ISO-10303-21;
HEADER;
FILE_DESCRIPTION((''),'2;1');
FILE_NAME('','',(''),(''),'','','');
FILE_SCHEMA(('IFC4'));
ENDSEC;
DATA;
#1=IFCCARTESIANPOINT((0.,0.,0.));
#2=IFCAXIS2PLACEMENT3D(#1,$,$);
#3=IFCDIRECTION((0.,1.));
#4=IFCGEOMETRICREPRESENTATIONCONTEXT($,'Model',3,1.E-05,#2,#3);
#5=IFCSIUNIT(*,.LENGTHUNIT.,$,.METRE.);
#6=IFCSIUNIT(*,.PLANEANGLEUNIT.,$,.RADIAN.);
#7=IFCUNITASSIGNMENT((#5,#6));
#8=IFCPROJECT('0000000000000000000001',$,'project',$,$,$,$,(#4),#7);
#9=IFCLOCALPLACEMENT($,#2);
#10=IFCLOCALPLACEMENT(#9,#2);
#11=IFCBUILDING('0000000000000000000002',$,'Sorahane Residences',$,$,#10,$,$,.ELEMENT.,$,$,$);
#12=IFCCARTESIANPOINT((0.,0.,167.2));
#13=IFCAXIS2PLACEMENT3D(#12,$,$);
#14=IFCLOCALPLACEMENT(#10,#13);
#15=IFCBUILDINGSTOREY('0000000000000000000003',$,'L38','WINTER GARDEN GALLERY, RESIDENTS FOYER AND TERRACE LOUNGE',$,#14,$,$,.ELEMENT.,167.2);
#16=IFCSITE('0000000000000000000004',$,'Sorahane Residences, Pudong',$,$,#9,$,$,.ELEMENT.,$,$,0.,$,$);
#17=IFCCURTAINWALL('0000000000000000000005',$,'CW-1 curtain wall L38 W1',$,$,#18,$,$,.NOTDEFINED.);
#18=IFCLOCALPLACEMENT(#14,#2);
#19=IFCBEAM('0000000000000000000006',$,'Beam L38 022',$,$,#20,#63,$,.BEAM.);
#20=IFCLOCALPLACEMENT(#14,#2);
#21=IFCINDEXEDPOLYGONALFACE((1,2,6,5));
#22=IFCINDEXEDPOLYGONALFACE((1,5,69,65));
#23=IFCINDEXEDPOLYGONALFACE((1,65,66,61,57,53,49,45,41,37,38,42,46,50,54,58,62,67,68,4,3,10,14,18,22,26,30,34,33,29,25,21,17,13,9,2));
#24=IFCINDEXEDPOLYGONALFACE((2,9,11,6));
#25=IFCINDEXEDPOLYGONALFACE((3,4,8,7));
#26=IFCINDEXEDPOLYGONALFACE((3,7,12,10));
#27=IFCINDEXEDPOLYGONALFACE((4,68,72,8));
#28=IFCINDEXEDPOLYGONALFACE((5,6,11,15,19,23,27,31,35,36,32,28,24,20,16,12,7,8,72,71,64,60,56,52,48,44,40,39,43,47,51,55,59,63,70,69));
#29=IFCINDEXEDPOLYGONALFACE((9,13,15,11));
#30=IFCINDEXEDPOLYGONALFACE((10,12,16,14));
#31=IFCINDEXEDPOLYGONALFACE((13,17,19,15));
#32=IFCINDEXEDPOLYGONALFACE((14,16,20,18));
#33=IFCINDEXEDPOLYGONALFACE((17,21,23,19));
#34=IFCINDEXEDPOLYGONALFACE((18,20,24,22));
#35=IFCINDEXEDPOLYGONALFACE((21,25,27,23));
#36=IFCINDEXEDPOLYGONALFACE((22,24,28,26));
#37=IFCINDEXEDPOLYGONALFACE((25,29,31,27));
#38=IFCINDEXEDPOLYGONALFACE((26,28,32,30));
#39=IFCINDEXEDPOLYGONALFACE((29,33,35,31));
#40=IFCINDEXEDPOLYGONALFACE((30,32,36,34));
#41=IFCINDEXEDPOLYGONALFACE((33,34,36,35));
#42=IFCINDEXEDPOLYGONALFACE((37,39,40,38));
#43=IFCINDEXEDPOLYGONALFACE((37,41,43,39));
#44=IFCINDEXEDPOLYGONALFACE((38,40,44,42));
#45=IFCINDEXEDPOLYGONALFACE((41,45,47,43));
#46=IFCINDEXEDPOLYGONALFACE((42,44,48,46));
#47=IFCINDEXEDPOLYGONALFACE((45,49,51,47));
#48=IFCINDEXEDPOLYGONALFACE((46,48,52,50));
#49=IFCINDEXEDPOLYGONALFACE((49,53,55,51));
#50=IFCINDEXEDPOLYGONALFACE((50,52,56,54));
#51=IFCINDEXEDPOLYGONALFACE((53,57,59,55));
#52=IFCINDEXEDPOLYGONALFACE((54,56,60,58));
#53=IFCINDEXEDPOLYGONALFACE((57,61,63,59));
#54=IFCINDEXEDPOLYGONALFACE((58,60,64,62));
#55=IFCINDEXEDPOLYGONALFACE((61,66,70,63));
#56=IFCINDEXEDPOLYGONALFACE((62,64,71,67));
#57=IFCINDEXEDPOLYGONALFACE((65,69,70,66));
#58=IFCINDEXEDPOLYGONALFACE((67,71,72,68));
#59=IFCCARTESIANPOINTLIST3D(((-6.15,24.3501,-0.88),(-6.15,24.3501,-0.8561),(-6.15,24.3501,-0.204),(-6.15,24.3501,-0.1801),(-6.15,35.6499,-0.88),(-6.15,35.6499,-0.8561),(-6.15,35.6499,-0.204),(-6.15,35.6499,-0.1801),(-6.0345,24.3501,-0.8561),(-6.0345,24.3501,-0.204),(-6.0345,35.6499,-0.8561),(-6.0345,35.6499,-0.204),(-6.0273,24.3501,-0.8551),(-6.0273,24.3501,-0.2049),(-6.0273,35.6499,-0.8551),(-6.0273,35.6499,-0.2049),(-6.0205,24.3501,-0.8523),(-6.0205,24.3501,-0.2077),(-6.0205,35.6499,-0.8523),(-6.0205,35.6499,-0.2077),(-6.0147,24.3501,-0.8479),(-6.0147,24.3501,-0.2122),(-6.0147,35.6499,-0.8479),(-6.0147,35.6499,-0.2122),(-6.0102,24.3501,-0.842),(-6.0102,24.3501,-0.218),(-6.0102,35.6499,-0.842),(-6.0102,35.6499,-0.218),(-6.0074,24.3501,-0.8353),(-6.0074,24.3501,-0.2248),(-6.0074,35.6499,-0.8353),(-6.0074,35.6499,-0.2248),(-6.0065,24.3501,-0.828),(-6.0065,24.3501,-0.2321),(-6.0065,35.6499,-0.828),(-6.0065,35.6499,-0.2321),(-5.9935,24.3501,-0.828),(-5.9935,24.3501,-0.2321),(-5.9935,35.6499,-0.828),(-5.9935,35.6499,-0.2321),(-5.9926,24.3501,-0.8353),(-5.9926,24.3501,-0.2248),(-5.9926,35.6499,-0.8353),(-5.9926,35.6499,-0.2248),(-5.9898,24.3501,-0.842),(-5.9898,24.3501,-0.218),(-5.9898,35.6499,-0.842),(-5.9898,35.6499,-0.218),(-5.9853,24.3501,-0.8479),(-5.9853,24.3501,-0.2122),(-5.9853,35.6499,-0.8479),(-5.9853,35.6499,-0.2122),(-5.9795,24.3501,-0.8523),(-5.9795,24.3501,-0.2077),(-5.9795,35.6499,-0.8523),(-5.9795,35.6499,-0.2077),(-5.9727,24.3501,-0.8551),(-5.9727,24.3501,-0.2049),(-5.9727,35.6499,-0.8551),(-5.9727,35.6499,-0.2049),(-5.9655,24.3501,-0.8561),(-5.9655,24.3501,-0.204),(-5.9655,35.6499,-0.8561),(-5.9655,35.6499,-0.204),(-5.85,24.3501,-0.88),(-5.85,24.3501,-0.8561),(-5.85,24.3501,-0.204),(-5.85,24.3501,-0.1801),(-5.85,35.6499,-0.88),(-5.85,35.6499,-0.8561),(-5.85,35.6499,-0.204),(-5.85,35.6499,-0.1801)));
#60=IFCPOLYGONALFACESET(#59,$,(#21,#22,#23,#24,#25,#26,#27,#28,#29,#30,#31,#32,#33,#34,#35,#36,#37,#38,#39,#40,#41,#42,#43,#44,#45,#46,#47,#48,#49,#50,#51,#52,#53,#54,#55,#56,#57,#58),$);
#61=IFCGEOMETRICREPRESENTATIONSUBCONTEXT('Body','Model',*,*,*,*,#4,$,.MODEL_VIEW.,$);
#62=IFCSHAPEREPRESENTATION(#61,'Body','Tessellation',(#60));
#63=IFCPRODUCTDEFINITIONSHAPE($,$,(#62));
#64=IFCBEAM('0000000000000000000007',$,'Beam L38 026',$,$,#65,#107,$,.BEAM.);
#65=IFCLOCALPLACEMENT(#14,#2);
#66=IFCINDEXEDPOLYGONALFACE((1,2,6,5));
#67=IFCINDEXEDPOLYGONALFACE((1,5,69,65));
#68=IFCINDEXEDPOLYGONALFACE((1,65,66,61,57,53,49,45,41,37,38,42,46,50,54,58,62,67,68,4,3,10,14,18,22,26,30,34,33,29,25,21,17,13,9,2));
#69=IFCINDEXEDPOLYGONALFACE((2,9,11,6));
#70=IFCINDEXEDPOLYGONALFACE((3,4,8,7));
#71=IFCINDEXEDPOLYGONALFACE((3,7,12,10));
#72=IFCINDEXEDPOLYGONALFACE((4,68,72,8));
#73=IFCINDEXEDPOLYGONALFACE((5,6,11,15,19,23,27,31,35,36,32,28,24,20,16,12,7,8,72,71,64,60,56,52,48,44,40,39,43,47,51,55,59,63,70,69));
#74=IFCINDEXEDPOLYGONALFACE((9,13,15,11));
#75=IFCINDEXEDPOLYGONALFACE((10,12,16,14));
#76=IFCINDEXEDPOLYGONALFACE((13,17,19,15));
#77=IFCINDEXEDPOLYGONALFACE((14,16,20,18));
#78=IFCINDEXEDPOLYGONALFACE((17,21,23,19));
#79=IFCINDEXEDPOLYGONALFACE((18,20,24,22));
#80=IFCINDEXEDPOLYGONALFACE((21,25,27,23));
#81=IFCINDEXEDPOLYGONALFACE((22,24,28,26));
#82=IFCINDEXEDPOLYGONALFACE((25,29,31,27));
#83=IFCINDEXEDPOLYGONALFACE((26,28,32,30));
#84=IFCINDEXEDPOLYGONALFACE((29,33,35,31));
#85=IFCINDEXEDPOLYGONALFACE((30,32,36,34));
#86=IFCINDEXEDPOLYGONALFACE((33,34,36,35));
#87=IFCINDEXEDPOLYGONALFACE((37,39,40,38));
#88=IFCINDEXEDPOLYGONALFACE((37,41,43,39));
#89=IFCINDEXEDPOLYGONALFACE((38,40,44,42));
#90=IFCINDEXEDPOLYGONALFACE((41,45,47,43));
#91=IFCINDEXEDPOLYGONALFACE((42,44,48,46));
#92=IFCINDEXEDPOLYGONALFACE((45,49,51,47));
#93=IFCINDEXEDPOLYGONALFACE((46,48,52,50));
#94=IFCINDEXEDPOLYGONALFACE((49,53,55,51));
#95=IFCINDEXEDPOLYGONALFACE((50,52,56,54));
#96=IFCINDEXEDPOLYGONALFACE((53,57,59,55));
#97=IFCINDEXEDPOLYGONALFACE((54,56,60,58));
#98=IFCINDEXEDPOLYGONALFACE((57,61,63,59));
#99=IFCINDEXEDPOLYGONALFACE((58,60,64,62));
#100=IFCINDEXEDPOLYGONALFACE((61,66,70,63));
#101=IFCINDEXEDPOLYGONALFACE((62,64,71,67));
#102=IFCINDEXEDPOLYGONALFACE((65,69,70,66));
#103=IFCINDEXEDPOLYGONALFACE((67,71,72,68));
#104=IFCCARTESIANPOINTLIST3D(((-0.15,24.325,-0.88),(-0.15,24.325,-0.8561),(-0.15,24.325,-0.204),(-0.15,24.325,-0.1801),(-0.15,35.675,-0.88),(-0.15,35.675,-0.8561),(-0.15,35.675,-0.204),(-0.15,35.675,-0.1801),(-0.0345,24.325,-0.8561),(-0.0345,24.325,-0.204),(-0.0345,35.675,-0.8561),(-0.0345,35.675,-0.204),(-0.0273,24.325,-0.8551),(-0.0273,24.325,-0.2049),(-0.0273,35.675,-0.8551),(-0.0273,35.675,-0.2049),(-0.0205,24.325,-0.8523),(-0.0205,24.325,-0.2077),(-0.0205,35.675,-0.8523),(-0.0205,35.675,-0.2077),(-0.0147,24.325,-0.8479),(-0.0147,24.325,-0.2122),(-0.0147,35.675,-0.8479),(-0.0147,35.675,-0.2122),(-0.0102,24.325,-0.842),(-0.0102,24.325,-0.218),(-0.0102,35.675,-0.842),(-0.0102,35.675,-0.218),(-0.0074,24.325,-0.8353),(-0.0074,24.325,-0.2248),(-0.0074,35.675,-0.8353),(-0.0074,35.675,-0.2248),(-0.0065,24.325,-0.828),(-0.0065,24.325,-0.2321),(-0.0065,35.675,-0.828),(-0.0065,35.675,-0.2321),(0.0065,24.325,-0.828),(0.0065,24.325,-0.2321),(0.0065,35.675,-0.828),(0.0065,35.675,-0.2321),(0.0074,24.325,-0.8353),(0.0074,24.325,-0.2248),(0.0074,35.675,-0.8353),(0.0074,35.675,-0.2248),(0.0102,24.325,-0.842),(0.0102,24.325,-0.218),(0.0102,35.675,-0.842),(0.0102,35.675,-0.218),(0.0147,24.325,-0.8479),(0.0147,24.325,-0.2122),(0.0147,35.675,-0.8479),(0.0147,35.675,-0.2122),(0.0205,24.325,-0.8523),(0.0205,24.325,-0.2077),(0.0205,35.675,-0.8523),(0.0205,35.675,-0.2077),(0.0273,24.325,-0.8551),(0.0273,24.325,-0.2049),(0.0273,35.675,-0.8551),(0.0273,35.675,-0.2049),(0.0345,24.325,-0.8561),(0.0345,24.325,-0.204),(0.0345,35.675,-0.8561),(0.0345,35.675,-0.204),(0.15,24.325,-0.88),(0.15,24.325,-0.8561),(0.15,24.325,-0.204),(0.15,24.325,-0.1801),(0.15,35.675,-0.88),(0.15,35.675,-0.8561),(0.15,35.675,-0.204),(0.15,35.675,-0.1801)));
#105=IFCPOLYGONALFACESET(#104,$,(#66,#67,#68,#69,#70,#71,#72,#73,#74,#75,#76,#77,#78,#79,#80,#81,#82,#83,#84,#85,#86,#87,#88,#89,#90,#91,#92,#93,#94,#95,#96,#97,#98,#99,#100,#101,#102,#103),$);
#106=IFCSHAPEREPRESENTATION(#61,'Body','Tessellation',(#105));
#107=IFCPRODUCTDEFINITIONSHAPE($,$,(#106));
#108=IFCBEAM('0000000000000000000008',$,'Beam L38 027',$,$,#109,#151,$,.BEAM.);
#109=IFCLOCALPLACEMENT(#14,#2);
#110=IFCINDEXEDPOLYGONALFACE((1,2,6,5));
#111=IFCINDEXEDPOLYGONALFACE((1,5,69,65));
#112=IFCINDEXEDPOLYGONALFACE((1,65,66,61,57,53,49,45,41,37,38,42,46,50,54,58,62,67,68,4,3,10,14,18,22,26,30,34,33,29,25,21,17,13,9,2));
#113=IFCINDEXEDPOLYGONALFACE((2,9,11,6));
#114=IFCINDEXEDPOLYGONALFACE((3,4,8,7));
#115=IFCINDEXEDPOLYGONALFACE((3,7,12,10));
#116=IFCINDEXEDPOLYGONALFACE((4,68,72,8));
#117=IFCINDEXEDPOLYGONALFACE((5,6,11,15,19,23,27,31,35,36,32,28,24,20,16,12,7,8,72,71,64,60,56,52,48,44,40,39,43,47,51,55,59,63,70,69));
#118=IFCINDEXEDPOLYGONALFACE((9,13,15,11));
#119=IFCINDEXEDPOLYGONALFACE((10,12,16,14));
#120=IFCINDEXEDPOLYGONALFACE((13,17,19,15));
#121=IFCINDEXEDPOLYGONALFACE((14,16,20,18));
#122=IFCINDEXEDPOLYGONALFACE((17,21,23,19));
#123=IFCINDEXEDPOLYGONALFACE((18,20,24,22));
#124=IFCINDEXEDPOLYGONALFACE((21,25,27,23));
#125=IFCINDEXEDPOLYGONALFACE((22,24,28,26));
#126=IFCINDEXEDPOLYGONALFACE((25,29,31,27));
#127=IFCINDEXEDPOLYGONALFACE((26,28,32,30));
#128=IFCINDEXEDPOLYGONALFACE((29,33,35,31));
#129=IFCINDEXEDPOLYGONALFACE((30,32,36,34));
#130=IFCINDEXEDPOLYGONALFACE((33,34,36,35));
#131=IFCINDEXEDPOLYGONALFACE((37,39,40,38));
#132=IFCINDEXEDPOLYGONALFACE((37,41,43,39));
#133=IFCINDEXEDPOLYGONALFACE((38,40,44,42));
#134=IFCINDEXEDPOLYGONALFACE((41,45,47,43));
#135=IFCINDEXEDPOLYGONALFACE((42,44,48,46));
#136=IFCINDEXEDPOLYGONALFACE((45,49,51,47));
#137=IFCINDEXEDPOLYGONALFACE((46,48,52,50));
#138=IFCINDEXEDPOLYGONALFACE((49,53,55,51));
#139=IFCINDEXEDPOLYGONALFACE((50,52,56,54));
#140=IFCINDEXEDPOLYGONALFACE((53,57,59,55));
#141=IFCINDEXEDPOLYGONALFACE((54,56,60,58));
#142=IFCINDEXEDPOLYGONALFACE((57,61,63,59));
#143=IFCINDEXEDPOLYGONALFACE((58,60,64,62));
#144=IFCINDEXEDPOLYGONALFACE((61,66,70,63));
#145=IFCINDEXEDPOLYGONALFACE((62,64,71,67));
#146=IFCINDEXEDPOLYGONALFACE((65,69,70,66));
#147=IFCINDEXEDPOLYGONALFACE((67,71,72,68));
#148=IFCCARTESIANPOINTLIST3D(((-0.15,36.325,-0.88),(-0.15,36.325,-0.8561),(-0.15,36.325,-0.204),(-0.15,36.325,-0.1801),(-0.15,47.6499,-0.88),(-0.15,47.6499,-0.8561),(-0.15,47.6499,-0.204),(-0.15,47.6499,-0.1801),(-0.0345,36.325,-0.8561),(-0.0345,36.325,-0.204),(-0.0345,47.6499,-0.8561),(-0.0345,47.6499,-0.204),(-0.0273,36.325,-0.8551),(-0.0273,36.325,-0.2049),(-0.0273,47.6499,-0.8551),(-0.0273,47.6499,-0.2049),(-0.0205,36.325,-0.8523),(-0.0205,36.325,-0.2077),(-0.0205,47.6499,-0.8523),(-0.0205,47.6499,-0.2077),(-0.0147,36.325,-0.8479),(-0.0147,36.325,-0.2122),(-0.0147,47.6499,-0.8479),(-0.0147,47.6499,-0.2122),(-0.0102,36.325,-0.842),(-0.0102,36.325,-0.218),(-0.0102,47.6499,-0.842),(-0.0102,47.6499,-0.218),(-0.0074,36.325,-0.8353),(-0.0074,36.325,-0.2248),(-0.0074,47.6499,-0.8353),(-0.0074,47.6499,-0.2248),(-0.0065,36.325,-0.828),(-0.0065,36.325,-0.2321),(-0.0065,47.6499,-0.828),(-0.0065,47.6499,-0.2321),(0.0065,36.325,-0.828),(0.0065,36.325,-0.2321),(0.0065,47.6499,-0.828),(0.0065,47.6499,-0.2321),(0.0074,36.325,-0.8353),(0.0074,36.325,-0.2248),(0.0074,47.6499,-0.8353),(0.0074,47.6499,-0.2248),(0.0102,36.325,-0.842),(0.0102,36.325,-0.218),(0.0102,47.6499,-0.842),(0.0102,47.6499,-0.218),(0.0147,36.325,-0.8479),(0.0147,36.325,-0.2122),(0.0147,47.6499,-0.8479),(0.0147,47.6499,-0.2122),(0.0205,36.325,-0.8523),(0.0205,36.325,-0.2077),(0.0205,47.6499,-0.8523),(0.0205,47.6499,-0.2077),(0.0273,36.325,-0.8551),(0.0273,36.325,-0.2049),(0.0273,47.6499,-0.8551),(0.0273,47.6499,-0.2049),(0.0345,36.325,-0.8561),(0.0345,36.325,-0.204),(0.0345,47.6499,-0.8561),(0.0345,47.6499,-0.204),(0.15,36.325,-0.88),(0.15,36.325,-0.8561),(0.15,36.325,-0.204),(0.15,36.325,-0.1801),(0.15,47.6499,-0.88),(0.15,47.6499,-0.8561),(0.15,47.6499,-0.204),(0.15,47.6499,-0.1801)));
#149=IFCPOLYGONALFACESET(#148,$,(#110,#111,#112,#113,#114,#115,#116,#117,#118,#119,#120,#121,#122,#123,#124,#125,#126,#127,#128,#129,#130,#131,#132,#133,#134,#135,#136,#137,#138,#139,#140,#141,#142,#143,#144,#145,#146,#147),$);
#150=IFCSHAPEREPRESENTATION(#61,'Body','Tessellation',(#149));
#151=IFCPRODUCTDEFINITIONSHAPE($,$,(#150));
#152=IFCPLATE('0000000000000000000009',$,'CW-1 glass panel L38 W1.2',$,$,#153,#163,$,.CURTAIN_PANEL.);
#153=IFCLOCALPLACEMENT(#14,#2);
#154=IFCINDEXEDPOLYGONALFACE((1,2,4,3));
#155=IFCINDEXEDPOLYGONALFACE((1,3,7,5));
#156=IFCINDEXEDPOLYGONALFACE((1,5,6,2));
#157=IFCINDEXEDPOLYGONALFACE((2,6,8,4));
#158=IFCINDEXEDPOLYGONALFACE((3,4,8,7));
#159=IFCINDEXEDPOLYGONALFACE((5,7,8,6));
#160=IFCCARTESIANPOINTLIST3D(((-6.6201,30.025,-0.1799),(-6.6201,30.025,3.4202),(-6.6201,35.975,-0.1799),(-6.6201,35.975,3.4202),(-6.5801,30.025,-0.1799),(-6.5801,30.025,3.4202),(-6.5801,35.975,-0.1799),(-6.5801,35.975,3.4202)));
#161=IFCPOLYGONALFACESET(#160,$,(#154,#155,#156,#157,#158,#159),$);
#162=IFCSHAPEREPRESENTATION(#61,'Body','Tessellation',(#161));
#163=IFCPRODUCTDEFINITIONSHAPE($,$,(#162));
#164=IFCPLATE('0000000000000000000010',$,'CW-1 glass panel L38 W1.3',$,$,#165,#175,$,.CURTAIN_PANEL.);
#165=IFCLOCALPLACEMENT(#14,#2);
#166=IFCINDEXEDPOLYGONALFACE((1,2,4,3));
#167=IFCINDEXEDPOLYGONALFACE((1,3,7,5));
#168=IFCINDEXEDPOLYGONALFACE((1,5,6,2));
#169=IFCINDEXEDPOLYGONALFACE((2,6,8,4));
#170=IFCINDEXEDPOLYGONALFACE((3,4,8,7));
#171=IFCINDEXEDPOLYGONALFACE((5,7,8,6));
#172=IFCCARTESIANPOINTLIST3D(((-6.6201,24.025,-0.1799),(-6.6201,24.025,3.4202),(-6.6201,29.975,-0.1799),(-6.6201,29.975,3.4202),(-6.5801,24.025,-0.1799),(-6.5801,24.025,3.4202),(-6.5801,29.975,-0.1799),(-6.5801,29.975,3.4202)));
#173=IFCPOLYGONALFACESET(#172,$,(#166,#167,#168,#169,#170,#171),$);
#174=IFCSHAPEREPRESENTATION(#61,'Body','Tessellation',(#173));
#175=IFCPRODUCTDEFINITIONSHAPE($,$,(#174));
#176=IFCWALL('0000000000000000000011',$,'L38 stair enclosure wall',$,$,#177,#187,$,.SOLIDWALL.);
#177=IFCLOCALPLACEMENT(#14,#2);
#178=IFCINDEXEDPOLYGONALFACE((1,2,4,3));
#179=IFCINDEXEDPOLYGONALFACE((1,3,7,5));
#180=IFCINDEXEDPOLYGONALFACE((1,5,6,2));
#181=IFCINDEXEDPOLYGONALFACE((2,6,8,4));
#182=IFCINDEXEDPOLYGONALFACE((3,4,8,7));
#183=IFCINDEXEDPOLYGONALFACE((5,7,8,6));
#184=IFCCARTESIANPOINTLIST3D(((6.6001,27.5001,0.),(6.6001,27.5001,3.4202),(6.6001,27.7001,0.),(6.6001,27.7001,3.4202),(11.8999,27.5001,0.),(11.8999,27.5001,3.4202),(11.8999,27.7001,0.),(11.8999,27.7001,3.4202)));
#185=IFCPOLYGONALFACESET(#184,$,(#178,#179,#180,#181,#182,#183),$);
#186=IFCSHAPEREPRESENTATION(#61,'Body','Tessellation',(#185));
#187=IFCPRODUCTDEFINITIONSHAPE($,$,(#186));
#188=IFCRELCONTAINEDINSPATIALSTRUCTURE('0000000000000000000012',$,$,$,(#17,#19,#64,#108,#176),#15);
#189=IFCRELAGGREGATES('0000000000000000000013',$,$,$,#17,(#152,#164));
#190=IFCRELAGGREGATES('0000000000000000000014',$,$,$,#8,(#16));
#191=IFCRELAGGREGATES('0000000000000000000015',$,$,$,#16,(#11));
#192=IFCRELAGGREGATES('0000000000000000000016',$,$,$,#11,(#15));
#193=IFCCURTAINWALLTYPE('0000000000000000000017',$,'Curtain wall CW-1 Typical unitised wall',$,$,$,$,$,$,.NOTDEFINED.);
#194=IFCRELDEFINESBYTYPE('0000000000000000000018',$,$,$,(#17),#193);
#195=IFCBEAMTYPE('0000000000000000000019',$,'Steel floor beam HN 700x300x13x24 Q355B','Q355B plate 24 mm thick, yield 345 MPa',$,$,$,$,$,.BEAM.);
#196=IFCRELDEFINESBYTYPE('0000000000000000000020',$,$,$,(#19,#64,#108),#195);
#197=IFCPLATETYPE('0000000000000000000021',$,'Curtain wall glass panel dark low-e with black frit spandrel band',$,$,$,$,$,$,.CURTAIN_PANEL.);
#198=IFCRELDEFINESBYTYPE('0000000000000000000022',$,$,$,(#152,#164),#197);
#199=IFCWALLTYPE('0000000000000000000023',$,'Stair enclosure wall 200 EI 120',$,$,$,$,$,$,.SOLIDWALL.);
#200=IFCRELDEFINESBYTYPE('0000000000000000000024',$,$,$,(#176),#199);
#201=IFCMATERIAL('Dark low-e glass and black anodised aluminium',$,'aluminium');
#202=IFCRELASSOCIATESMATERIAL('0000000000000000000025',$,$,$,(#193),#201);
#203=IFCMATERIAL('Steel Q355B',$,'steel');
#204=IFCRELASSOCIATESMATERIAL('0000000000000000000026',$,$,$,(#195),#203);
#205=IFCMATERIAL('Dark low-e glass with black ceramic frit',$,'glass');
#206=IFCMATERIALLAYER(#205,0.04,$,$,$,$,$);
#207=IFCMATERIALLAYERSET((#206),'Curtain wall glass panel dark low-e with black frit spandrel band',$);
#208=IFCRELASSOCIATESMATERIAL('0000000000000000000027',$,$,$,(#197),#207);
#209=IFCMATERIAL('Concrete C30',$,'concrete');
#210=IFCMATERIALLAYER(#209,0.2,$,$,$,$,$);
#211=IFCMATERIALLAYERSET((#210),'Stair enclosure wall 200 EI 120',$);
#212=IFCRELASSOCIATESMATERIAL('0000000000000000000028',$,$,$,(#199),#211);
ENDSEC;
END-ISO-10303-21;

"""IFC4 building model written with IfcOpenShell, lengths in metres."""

from ifc_helpers import new_model, si_unit, direction, frame, frame_2d, origin, origin_2d, place, context, subcontext, project, spatial, rectangle, i_section, extrude, material, layer, layer_set, material_profile, profile_set, type_object, element, aggregate, save


model = new_model("IFC4")

# Units and contexts
model_context = context("Model", 3, precision=1e-05, world=origin(), true_north=direction((0.0, 1.0)))
body_context = subcontext(model_context, "Body", "Model", "MODEL_VIEW")
ifc_project = project(units=[si_unit("LENGTHUNIT", "METRE"), si_unit("PLANEANGLEUNIT", "RADIAN")], contexts=[model_context])

# Site, building, storey
site_placement = place(None, origin())
site = spatial("IfcSite", under=ifc_project, at=site_placement, Name="Sorahane Residences, Pudong", CompositionType="ELEMENT", RefElevation=0.0)
building_placement = place(site_placement, origin())
building = spatial("IfcBuilding", under=site, at=building_placement, Name="Sorahane Residences", CompositionType="ELEMENT")
storey_placement = place(building_placement, frame((0.0, 0.0, 167.2)))
storey = spatial("IfcBuildingStorey", under=building, at=storey_placement, Name="L38", Description="WINTER GARDEN GALLERY, RESIDENTS FOYER AND TERRACE LOUNGE", CompositionType="ELEMENT", Elevation=167.2)

# Curtain wall
ifc_material_1 = material(Name="Dark low-e glass and black anodised aluminium", Category="aluminium")
curtain_wall_type = type_object("IfcCurtainWallType", Name="Curtain wall CW-1 Typical unitised wall", PredefinedType="NOTDEFINED", material=ifc_material_1)
curtain_wall_placement = place(storey_placement, origin())
curtain_wall = element("IfcCurtainWall", 1, at=curtain_wall_placement, inside=storey, type_object=curtain_wall_type, Name="CW-1 curtain wall L38 W1", PredefinedType="NOTDEFINED")

# Beams
ifc_material_2 = material(Name="Steel Q355B", Category="steel")
ifc_material_profile_1 = material_profile(ifc_material_2, i_section(OverallWidth=0.3, OverallDepth=0.7, WebThickness=0.0129, FlangeThickness=0.0239, FilletRadius=0.0281, at=origin_2d()), Name="HN 700x300x13x24")
ifc_profile_set_1 = profile_set([ifc_material_profile_1], Name="Steel Q355B")
beam_type_1 = type_object("IfcBeamType", Name="Steel floor beam HN 700x300x13x24 Q355B", Description="Q355B plate 24 mm thick, yield 345 MPa", PredefinedType="BEAM", material=ifc_profile_set_1)
beam_1_placement = place(storey_placement, frame((-6.0, 24.3501, -0.53), z_axis=(0.0, 1.0, 0.0), x_axis=(-1.0, 0.0, 0.0)))
element("IfcBeam", 2, at=beam_1_placement, inside=storey, type_object=beam_type_1, Name="Beam L38 022", PredefinedType="BEAM", context=body_context, shape_type="SweptSolid", body=[
    extrude(i_section(OverallWidth=0.3, OverallDepth=0.7, WebThickness=0.0129, FlangeThickness=0.0239, FilletRadius=0.0281, at=origin_2d()), origin(), (0.0, 0.0, 1.0), 11.2998),
])
beam_2_placement = place(storey_placement, frame((0.0, 24.325, -0.53), z_axis=(0.0, 1.0, 0.0), x_axis=(-1.0, 0.0, 0.0)))
element("IfcBeam", 3, at=beam_2_placement, inside=storey, type_object=beam_type_1, Name="Beam L38 026", PredefinedType="BEAM", context=body_context, shape_type="SweptSolid", body=[
    extrude(i_section(OverallWidth=0.3, OverallDepth=0.7, WebThickness=0.0129, FlangeThickness=0.0239, FilletRadius=0.0281, at=origin_2d()), origin(), (0.0, 0.0, 1.0), 11.3501),
])
beam_3_placement = place(storey_placement, frame((0.0, 36.325, -0.53), z_axis=(0.0, 1.0, 0.0), x_axis=(-1.0, 0.0, 0.0)))
element("IfcBeam", 4, at=beam_3_placement, inside=storey, type_object=beam_type_1, Name="Beam L38 027", PredefinedType="BEAM", context=body_context, shape_type="SweptSolid", body=[
    extrude(i_section(OverallWidth=0.3, OverallDepth=0.7, WebThickness=0.0129, FlangeThickness=0.0239, FilletRadius=0.0281, at=origin_2d()), origin(), (0.0, 0.0, 1.0), 11.325),
])

# Plates
ifc_material_3 = material(Name="Dark low-e glass with black ceramic frit", Category="glass")
ifc_layer_1 = layer(ifc_material_3, 0.04)
ifc_layer_set_1 = layer_set([ifc_layer_1], Name="Curtain wall glass panel dark low-e with black frit spandrel band")
plate_type = type_object("IfcPlateType", Name="Curtain wall glass panel dark low-e with black frit spandrel band", PredefinedType="CURTAIN_PANEL", material=ifc_layer_set_1)
plate_1_placement = place(storey_placement, frame((-6.6001, 33.0, -0.1799), z_axis=(0.0, 0.0, 1.0), x_axis=(0.0, -1.0, 0.0)))
plate_1 = element("IfcPlate", 5, at=plate_1_placement, type_object=plate_type, Name="CW-1 glass panel L38 W1.2", PredefinedType="CURTAIN_PANEL", context=body_context, shape_type="SweptSolid", body=[
    extrude(rectangle(XDim=5.95, YDim=0.04, at=origin_2d()), origin(), (0.0, 0.0, 1.0), 3.6001),
])
plate_2_placement = place(storey_placement, frame((-6.6001, 27.0, -0.1799), z_axis=(0.0, 0.0, 1.0), x_axis=(0.0, -1.0, 0.0)))
plate_2 = element("IfcPlate", 6, at=plate_2_placement, type_object=plate_type, Name="CW-1 glass panel L38 W1.3", PredefinedType="CURTAIN_PANEL", context=body_context, shape_type="SweptSolid", body=[
    extrude(rectangle(XDim=5.95, YDim=0.04, at=origin_2d()), origin(), (0.0, 0.0, 1.0), 3.6001),
])
aggregate(curtain_wall, [plate_1, plate_2])

# Wall
ifc_material_4 = material(Name="Concrete C30", Category="concrete")
ifc_layer_2 = layer(ifc_material_4, 0.2)
ifc_layer_set_2 = layer_set([ifc_layer_2], Name="Stair enclosure wall 200 EI 120")
wall_type = type_object("IfcWallType", Name="Stair enclosure wall 200 EI 120", PredefinedType="SOLIDWALL", material=ifc_layer_set_2)
wall_placement = place(storey_placement, frame((6.6001, 27.6001, 0.0), z_axis=(0.0, 0.0, 1.0), x_axis=(1.0, 0.0, 0.0)))
element("IfcWall", 7, at=wall_placement, inside=storey, type_object=wall_type, Name="L38 stair enclosure wall", PredefinedType="SOLIDWALL", context=body_context, shape_type="SweptSolid", body=[
    extrude(rectangle(XDim=5.2998, YDim=0.2, at=frame_2d((2.6499, 0.0))), origin(), (0.0, 0.0, 1.0), 3.4202),
])

save(model, "model.ifc")
